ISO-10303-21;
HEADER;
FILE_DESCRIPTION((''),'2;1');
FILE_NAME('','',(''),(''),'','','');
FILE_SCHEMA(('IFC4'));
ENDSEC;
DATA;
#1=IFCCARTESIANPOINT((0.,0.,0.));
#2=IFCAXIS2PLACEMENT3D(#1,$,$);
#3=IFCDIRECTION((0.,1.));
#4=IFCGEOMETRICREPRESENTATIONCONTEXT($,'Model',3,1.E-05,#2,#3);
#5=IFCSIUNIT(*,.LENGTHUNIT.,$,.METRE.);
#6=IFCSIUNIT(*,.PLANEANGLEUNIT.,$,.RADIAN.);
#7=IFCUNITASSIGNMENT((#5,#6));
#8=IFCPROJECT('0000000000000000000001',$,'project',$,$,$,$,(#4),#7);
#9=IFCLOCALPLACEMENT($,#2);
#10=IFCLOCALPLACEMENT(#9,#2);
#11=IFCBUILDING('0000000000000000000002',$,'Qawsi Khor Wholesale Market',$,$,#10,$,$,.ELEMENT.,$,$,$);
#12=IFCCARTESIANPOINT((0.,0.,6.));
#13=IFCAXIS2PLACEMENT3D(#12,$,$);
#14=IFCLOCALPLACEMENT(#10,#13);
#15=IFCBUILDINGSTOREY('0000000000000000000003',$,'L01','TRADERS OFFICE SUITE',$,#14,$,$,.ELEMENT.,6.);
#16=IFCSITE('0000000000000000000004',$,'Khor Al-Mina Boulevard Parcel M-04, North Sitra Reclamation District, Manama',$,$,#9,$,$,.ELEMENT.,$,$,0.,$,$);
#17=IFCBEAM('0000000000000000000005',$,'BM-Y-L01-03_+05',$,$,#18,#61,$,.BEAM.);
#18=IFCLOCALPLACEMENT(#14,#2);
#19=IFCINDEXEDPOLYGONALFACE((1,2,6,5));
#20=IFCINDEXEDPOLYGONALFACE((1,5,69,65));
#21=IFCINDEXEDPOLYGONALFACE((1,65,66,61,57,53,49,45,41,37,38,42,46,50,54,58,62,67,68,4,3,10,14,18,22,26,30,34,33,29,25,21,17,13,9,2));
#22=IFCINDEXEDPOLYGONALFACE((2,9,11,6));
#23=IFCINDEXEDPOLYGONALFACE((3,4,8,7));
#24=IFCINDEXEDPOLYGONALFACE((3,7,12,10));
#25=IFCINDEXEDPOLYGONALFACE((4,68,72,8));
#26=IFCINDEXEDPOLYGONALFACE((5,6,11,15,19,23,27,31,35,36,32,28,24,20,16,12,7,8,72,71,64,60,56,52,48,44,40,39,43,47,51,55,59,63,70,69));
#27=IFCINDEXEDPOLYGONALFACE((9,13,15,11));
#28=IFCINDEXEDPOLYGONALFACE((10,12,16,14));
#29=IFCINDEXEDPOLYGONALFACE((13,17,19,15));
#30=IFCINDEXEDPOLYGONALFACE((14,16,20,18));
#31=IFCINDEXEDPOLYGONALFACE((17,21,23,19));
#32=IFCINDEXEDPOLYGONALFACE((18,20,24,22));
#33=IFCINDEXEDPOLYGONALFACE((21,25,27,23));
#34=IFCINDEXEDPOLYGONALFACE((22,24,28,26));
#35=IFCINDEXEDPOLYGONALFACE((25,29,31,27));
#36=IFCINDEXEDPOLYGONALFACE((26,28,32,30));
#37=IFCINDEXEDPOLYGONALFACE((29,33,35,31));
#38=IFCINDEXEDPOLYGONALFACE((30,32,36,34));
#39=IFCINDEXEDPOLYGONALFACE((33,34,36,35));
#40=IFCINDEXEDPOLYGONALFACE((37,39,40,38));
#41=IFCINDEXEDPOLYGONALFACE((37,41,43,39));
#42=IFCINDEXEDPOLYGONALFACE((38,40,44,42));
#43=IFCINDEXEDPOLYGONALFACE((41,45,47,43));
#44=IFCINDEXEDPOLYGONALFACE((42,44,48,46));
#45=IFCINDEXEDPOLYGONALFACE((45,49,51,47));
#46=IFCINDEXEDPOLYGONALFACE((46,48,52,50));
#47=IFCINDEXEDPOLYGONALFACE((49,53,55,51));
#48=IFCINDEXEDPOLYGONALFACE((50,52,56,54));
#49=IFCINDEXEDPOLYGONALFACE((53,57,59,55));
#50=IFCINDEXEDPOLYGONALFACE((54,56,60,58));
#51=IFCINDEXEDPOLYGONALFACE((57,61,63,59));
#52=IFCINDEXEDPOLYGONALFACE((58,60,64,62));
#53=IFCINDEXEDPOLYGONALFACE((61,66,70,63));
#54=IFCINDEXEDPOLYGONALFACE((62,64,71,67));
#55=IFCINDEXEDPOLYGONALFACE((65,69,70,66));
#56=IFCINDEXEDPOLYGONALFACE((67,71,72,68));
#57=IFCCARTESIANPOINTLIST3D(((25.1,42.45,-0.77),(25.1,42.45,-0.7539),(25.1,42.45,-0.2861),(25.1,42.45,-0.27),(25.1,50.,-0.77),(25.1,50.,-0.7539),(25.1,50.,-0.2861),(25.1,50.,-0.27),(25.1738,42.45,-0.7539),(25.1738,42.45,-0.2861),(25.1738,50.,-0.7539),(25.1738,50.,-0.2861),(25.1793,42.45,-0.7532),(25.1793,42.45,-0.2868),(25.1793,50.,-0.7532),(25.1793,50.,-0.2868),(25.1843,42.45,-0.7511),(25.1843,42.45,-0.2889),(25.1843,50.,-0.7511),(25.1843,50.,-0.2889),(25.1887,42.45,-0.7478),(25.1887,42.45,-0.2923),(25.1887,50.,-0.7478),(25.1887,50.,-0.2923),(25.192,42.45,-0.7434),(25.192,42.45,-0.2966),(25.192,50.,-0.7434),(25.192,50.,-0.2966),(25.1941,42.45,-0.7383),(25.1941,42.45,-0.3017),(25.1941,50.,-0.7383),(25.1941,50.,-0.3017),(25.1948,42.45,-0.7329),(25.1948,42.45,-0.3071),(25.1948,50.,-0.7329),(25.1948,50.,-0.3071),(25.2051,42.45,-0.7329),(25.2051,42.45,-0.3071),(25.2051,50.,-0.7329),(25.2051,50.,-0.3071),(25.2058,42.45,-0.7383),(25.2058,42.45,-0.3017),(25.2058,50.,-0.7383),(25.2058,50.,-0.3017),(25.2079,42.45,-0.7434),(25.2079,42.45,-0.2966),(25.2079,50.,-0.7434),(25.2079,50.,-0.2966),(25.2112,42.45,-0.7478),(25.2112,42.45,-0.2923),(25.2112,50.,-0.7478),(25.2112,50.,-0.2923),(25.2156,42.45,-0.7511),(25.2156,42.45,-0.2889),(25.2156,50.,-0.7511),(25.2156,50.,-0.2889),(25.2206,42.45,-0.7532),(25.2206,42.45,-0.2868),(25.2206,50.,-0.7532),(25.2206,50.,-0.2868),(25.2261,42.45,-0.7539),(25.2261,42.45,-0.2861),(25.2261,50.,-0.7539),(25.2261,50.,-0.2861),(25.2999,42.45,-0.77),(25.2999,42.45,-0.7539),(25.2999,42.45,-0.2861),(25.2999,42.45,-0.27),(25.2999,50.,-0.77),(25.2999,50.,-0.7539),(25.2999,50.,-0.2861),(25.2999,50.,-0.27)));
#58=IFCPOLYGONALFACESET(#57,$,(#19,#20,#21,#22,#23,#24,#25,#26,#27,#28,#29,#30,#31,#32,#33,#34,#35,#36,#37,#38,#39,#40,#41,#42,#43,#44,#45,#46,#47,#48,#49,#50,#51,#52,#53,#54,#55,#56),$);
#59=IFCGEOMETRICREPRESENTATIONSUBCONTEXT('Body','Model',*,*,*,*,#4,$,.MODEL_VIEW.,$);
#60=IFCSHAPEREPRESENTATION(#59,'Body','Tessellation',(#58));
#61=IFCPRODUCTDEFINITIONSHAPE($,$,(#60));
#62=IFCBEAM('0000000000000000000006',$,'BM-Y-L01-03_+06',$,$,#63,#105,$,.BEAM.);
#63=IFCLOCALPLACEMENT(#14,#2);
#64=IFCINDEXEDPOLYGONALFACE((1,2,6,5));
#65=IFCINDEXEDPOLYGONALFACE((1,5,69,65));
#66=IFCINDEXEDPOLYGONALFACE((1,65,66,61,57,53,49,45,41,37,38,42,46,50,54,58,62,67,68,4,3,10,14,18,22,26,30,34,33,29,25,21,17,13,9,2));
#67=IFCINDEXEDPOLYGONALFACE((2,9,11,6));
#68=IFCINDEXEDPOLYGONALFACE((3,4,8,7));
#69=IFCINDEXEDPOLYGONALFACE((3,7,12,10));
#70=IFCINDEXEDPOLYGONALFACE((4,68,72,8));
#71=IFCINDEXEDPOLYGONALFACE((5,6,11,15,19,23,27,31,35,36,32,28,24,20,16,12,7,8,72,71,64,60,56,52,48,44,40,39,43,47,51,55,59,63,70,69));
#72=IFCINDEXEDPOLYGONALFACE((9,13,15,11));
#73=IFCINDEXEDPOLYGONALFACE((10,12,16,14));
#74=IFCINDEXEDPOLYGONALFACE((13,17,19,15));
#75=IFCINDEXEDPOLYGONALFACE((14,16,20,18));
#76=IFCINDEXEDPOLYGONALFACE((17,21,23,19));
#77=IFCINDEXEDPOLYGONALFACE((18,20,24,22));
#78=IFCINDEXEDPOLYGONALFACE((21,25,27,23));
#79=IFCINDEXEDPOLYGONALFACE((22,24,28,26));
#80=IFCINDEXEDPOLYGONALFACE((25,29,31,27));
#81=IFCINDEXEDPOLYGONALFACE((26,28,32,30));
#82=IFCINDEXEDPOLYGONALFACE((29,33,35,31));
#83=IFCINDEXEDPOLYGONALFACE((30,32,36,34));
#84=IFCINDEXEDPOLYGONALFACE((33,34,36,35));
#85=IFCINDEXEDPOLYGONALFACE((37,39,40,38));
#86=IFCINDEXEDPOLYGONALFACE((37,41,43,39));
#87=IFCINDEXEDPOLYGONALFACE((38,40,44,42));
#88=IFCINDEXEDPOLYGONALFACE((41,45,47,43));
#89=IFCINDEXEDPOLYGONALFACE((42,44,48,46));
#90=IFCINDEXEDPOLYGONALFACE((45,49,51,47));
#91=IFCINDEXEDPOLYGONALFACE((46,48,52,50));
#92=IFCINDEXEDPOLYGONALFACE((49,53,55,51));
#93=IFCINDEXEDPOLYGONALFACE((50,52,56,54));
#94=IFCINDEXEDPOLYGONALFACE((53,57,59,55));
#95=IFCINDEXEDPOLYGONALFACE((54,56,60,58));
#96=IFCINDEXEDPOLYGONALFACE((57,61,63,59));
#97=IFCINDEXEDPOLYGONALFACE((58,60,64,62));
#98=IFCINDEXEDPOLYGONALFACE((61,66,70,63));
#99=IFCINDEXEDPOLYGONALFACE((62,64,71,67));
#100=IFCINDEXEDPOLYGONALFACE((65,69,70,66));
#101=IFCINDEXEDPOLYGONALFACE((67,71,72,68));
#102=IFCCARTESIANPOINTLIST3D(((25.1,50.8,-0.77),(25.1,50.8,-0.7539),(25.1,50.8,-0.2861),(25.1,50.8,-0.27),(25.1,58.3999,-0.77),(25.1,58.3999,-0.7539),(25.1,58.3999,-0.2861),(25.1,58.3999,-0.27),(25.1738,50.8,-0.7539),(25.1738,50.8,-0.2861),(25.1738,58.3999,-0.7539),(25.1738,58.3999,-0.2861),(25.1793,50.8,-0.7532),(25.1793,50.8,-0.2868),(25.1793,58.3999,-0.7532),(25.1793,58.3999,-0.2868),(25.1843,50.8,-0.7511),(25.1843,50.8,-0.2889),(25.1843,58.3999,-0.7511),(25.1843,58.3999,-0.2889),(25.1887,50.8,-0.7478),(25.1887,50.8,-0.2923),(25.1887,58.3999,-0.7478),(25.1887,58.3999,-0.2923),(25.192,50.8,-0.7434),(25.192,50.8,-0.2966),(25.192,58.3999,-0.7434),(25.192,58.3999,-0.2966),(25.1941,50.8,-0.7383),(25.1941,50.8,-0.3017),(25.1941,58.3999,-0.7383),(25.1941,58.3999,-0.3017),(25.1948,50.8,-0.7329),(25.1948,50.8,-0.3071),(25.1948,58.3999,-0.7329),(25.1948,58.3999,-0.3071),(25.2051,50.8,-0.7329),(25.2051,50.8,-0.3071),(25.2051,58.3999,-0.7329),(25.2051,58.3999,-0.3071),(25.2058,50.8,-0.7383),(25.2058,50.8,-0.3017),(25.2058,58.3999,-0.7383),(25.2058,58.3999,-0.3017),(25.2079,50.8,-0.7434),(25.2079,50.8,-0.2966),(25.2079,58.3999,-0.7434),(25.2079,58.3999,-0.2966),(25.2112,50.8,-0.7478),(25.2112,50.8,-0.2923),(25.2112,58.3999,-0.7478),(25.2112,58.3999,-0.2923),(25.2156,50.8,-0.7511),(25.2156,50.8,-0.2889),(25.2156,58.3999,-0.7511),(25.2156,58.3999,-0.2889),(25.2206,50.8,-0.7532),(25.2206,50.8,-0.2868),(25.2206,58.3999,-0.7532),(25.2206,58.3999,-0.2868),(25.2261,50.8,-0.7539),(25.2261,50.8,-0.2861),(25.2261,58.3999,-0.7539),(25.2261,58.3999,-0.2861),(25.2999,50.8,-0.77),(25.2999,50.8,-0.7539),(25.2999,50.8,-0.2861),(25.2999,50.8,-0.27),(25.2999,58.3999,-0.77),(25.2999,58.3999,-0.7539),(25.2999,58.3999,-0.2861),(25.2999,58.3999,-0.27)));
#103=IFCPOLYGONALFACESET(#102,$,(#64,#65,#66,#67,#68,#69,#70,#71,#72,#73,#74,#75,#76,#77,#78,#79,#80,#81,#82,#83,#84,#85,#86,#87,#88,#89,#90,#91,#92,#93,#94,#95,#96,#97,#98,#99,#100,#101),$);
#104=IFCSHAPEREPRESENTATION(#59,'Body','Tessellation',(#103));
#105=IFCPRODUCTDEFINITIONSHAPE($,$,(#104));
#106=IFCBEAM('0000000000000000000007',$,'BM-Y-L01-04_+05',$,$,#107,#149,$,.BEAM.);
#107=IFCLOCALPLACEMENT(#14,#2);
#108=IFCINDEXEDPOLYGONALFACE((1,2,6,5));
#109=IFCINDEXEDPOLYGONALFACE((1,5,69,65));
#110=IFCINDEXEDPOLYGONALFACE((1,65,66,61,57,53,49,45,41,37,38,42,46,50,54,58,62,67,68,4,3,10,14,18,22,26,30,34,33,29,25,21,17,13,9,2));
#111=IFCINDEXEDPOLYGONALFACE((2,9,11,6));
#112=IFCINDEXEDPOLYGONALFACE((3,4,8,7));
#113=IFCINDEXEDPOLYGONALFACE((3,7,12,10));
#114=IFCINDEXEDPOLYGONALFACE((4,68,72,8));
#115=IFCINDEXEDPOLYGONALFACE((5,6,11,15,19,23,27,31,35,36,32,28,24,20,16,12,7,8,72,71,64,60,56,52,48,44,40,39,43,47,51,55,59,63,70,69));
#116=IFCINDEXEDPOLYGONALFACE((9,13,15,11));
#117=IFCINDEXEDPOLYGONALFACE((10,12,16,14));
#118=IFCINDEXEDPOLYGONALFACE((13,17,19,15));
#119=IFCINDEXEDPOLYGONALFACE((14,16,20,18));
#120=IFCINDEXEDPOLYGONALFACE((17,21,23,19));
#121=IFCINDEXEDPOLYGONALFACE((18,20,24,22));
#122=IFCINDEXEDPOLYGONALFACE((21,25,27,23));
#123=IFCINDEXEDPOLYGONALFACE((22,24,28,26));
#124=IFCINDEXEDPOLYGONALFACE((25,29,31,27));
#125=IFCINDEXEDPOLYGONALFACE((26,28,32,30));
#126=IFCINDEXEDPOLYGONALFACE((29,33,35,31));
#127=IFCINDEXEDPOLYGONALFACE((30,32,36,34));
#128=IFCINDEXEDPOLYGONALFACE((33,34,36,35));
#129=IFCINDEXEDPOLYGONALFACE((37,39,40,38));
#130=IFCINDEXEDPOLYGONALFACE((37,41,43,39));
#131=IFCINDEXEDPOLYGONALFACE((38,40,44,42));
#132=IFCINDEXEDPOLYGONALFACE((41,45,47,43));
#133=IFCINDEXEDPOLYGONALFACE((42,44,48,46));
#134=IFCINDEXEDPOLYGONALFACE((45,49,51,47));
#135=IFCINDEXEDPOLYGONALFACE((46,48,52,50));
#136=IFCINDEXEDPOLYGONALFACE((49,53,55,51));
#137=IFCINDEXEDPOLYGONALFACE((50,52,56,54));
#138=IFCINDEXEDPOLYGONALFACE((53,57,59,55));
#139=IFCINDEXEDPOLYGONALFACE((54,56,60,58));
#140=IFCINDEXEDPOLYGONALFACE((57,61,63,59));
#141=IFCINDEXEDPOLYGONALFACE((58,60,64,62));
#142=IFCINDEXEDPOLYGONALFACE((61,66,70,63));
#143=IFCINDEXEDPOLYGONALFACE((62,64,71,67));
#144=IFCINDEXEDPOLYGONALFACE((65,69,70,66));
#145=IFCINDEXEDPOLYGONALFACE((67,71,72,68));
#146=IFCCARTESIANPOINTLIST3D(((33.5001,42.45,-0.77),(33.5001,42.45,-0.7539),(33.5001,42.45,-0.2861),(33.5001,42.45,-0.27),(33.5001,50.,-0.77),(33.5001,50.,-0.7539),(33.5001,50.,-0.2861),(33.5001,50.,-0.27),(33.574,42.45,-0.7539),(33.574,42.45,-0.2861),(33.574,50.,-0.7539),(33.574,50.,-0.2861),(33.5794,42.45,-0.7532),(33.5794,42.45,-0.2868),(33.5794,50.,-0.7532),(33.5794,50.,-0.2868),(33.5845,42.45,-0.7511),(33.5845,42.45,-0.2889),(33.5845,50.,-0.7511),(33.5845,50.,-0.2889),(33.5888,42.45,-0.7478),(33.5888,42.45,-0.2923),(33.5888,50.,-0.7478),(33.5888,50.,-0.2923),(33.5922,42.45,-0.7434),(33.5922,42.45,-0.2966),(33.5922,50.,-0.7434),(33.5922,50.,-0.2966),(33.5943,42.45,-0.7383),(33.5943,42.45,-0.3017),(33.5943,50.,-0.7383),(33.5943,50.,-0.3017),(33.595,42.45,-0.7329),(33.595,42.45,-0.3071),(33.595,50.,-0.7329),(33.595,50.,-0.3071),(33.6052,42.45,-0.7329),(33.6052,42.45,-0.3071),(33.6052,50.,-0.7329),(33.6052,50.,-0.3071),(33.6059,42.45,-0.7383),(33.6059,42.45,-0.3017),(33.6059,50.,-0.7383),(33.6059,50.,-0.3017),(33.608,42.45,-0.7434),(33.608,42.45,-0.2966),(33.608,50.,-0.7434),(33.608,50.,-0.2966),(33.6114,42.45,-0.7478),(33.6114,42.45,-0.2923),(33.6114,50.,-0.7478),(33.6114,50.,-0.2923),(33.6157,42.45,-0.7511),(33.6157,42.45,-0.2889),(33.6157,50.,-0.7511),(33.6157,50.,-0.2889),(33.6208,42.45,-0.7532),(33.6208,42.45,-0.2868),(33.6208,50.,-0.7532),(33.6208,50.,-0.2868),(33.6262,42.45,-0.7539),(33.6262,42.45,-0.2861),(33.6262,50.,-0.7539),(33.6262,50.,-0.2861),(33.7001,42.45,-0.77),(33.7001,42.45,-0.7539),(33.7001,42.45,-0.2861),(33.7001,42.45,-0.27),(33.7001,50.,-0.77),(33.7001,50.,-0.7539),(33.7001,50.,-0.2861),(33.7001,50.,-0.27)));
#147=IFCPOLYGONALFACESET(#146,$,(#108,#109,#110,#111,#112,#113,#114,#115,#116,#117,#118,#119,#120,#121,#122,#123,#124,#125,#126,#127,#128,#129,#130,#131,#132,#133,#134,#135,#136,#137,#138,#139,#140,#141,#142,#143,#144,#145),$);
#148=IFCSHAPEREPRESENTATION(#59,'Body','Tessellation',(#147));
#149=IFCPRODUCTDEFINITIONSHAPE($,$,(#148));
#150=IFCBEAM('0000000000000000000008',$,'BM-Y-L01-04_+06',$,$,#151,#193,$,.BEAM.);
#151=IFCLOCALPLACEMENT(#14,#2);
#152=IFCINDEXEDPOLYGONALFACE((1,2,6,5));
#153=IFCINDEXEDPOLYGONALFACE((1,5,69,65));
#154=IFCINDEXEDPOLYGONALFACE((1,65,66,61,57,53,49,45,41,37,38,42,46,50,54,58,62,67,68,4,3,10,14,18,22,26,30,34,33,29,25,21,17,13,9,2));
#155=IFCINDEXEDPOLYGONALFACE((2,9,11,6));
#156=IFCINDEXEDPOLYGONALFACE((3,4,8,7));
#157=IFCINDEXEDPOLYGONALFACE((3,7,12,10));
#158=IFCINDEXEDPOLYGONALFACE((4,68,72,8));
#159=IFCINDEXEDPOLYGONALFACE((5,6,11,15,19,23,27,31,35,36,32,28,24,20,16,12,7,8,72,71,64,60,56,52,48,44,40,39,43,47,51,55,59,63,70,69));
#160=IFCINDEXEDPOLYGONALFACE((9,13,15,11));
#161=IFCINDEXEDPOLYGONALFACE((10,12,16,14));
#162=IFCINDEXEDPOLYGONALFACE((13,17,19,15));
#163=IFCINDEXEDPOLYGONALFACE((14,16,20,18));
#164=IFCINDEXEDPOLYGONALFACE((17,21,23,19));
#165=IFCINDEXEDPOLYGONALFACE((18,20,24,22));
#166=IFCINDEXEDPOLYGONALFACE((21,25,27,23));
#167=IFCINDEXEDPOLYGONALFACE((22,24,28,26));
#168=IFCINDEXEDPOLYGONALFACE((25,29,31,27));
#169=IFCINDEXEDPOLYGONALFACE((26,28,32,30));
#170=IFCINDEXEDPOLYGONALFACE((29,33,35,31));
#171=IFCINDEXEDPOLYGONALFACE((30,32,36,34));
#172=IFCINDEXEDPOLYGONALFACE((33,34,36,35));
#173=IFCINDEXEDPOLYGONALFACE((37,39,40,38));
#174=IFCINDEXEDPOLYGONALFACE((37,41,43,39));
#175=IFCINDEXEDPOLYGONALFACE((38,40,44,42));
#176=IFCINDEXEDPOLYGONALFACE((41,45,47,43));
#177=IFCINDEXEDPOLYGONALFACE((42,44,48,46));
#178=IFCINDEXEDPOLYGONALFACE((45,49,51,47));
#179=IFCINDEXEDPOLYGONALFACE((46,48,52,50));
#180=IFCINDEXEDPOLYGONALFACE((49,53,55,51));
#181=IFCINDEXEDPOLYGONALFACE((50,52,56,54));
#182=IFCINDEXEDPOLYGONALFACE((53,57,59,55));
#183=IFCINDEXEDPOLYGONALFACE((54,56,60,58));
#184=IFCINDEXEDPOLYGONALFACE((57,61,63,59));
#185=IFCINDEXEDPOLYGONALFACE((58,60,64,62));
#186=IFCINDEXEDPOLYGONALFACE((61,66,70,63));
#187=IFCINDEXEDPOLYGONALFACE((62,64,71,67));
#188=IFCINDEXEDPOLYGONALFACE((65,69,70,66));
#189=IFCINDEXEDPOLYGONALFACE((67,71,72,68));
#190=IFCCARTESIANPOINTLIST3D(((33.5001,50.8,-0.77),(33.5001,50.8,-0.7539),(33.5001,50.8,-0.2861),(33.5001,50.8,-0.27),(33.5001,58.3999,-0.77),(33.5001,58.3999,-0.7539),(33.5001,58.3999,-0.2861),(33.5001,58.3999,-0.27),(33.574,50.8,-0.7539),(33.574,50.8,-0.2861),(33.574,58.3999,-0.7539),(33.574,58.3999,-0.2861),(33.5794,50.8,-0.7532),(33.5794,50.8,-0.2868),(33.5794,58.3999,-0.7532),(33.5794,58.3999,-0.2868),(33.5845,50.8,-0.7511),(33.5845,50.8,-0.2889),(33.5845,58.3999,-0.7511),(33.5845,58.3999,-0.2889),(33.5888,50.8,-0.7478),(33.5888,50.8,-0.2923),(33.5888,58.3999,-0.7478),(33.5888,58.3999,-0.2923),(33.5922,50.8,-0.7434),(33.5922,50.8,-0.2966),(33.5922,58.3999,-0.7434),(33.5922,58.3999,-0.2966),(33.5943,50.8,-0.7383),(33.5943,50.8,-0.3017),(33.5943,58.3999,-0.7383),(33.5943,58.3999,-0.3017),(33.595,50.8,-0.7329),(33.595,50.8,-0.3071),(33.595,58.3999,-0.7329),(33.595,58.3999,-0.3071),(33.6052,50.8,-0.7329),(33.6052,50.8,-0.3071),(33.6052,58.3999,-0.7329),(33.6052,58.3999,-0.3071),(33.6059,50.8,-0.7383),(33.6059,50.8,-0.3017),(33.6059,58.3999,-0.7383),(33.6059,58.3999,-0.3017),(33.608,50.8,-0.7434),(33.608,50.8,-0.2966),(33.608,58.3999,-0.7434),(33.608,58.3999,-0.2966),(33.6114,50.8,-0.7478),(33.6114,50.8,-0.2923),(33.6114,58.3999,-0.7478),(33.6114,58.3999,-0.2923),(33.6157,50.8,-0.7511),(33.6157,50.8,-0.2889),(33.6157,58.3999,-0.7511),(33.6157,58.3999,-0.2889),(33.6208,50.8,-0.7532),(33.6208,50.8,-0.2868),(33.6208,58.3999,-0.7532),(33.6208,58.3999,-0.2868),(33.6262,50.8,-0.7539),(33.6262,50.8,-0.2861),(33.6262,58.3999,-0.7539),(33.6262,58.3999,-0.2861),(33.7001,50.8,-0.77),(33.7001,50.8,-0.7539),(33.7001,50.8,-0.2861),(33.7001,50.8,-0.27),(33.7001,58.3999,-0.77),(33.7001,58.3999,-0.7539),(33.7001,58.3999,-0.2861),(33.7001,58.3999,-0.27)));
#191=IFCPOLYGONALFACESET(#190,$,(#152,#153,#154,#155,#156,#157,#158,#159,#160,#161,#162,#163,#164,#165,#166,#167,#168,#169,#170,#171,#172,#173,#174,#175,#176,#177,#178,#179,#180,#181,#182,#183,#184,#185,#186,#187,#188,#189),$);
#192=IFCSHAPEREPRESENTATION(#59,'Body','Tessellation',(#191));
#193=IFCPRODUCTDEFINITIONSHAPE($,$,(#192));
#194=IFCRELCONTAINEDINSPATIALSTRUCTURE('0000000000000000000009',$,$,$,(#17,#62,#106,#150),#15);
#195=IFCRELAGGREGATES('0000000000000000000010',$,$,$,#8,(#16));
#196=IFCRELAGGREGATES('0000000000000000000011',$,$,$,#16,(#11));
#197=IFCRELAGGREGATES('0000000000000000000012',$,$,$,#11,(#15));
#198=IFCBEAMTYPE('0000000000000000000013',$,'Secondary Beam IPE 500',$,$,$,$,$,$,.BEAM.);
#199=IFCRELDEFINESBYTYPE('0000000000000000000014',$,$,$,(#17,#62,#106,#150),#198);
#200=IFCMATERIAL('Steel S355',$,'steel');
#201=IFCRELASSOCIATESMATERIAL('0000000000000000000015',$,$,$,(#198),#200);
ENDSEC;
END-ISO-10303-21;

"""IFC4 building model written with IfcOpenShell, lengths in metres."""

from ifc_helpers import new_model, si_unit, direction, frame, origin, origin_2d, place, context, subcontext, project, spatial, i_section, extrude, material, material_profile, profile_set, type_object, element, save


model = new_model("IFC4")

# Units and contexts
model_context = context("Model", 3, precision=1e-05, world=origin(), true_north=direction((0.0, 1.0)))
body_context = subcontext(model_context, "Body", "Model", "MODEL_VIEW")
ifc_project = project(units=[si_unit("LENGTHUNIT", "METRE"), si_unit("PLANEANGLEUNIT", "RADIAN")], contexts=[model_context])

# Site, building, storey
site_placement = place(None, origin())
site = spatial("IfcSite", under=ifc_project, at=site_placement, Name="Khor Al-Mina Boulevard Parcel M-04, North Sitra Reclamation District, Manama", CompositionType="ELEMENT", RefElevation=0.0)
building_placement = place(site_placement, origin())
building = spatial("IfcBuilding", under=site, at=building_placement, Name="Qawsi Khor Wholesale Market", CompositionType="ELEMENT")
storey_placement = place(building_placement, frame((0.0, 0.0, 6.0)))
storey = spatial("IfcBuildingStorey", under=building, at=storey_placement, Name="L01", Description="TRADERS OFFICE SUITE", CompositionType="ELEMENT", Elevation=6.0)

# Beams
ifc_material_1 = material(Name="Steel S355", Category="steel")
ifc_material_profile_1 = material_profile(ifc_material_1, i_section(OverallWidth=0.2, OverallDepth=0.5, WebThickness=0.0103, FlangeThickness=0.0161, FilletRadius=0.021, at=origin_2d()), Name="IPE 500")
ifc_profile_set_1 = profile_set([ifc_material_profile_1], Name="Steel S355")
beam_type_1 = type_object("IfcBeamType", Name="Secondary Beam IPE 500", PredefinedType="BEAM", material=ifc_profile_set_1)
beam_1_placement = place(storey_placement, frame((25.2, 42.45, -0.52), z_axis=(0.0, 1.0, 0.0), x_axis=(-1.0, 0.0, 0.0)))
element("IfcBeam", 1, at=beam_1_placement, inside=storey, type_object=beam_type_1, Name="BM-Y-L01-03_+05", PredefinedType="BEAM", context=body_context, shape_type="SweptSolid", body=[
    extrude(i_section(OverallWidth=0.2, OverallDepth=0.5, WebThickness=0.0103, FlangeThickness=0.0161, FilletRadius=0.021, at=origin_2d()), origin(), (0.0, 0.0, 1.0), 7.55),
])
beam_2_placement = place(storey_placement, frame((25.2, 50.8, -0.52), z_axis=(0.0, 1.0, 0.0), x_axis=(-1.0, 0.0, 0.0)))
element("IfcBeam", 2, at=beam_2_placement, inside=storey, type_object=beam_type_1, Name="BM-Y-L01-03_+06", PredefinedType="BEAM", context=body_context, shape_type="SweptSolid", body=[
    extrude(i_section(OverallWidth=0.2, OverallDepth=0.5, WebThickness=0.0103, FlangeThickness=0.0161, FilletRadius=0.021, at=origin_2d()), origin(), (0.0, 0.0, 1.0), 7.5999),
])
beam_3_placement = place(storey_placement, frame((33.6001, 42.45, -0.52), z_axis=(0.0, 1.0, 0.0), x_axis=(-1.0, 0.0, 0.0)))
element("IfcBeam", 3, at=beam_3_placement, inside=storey, type_object=beam_type_1, Name="BM-Y-L01-04_+05", PredefinedType="BEAM", context=body_context, shape_type="SweptSolid", body=[
    extrude(i_section(OverallWidth=0.2, OverallDepth=0.5, WebThickness=0.0103, FlangeThickness=0.0161, FilletRadius=0.021, at=origin_2d()), origin(), (0.0, 0.0, 1.0), 7.55),
])
beam_4_placement = place(storey_placement, frame((33.6001, 50.8, -0.52), z_axis=(0.0, 1.0, 0.0), x_axis=(-1.0, 0.0, 0.0)))
element("IfcBeam", 4, at=beam_4_placement, inside=storey, type_object=beam_type_1, Name="BM-Y-L01-04_+06", PredefinedType="BEAM", context=body_context, shape_type="SweptSolid", body=[
    extrude(i_section(OverallWidth=0.2, OverallDepth=0.5, WebThickness=0.0103, FlangeThickness=0.0161, FilletRadius=0.021, at=origin_2d()), origin(), (0.0, 0.0, 1.0), 7.5999),
])

save(model, "model.ifc")
